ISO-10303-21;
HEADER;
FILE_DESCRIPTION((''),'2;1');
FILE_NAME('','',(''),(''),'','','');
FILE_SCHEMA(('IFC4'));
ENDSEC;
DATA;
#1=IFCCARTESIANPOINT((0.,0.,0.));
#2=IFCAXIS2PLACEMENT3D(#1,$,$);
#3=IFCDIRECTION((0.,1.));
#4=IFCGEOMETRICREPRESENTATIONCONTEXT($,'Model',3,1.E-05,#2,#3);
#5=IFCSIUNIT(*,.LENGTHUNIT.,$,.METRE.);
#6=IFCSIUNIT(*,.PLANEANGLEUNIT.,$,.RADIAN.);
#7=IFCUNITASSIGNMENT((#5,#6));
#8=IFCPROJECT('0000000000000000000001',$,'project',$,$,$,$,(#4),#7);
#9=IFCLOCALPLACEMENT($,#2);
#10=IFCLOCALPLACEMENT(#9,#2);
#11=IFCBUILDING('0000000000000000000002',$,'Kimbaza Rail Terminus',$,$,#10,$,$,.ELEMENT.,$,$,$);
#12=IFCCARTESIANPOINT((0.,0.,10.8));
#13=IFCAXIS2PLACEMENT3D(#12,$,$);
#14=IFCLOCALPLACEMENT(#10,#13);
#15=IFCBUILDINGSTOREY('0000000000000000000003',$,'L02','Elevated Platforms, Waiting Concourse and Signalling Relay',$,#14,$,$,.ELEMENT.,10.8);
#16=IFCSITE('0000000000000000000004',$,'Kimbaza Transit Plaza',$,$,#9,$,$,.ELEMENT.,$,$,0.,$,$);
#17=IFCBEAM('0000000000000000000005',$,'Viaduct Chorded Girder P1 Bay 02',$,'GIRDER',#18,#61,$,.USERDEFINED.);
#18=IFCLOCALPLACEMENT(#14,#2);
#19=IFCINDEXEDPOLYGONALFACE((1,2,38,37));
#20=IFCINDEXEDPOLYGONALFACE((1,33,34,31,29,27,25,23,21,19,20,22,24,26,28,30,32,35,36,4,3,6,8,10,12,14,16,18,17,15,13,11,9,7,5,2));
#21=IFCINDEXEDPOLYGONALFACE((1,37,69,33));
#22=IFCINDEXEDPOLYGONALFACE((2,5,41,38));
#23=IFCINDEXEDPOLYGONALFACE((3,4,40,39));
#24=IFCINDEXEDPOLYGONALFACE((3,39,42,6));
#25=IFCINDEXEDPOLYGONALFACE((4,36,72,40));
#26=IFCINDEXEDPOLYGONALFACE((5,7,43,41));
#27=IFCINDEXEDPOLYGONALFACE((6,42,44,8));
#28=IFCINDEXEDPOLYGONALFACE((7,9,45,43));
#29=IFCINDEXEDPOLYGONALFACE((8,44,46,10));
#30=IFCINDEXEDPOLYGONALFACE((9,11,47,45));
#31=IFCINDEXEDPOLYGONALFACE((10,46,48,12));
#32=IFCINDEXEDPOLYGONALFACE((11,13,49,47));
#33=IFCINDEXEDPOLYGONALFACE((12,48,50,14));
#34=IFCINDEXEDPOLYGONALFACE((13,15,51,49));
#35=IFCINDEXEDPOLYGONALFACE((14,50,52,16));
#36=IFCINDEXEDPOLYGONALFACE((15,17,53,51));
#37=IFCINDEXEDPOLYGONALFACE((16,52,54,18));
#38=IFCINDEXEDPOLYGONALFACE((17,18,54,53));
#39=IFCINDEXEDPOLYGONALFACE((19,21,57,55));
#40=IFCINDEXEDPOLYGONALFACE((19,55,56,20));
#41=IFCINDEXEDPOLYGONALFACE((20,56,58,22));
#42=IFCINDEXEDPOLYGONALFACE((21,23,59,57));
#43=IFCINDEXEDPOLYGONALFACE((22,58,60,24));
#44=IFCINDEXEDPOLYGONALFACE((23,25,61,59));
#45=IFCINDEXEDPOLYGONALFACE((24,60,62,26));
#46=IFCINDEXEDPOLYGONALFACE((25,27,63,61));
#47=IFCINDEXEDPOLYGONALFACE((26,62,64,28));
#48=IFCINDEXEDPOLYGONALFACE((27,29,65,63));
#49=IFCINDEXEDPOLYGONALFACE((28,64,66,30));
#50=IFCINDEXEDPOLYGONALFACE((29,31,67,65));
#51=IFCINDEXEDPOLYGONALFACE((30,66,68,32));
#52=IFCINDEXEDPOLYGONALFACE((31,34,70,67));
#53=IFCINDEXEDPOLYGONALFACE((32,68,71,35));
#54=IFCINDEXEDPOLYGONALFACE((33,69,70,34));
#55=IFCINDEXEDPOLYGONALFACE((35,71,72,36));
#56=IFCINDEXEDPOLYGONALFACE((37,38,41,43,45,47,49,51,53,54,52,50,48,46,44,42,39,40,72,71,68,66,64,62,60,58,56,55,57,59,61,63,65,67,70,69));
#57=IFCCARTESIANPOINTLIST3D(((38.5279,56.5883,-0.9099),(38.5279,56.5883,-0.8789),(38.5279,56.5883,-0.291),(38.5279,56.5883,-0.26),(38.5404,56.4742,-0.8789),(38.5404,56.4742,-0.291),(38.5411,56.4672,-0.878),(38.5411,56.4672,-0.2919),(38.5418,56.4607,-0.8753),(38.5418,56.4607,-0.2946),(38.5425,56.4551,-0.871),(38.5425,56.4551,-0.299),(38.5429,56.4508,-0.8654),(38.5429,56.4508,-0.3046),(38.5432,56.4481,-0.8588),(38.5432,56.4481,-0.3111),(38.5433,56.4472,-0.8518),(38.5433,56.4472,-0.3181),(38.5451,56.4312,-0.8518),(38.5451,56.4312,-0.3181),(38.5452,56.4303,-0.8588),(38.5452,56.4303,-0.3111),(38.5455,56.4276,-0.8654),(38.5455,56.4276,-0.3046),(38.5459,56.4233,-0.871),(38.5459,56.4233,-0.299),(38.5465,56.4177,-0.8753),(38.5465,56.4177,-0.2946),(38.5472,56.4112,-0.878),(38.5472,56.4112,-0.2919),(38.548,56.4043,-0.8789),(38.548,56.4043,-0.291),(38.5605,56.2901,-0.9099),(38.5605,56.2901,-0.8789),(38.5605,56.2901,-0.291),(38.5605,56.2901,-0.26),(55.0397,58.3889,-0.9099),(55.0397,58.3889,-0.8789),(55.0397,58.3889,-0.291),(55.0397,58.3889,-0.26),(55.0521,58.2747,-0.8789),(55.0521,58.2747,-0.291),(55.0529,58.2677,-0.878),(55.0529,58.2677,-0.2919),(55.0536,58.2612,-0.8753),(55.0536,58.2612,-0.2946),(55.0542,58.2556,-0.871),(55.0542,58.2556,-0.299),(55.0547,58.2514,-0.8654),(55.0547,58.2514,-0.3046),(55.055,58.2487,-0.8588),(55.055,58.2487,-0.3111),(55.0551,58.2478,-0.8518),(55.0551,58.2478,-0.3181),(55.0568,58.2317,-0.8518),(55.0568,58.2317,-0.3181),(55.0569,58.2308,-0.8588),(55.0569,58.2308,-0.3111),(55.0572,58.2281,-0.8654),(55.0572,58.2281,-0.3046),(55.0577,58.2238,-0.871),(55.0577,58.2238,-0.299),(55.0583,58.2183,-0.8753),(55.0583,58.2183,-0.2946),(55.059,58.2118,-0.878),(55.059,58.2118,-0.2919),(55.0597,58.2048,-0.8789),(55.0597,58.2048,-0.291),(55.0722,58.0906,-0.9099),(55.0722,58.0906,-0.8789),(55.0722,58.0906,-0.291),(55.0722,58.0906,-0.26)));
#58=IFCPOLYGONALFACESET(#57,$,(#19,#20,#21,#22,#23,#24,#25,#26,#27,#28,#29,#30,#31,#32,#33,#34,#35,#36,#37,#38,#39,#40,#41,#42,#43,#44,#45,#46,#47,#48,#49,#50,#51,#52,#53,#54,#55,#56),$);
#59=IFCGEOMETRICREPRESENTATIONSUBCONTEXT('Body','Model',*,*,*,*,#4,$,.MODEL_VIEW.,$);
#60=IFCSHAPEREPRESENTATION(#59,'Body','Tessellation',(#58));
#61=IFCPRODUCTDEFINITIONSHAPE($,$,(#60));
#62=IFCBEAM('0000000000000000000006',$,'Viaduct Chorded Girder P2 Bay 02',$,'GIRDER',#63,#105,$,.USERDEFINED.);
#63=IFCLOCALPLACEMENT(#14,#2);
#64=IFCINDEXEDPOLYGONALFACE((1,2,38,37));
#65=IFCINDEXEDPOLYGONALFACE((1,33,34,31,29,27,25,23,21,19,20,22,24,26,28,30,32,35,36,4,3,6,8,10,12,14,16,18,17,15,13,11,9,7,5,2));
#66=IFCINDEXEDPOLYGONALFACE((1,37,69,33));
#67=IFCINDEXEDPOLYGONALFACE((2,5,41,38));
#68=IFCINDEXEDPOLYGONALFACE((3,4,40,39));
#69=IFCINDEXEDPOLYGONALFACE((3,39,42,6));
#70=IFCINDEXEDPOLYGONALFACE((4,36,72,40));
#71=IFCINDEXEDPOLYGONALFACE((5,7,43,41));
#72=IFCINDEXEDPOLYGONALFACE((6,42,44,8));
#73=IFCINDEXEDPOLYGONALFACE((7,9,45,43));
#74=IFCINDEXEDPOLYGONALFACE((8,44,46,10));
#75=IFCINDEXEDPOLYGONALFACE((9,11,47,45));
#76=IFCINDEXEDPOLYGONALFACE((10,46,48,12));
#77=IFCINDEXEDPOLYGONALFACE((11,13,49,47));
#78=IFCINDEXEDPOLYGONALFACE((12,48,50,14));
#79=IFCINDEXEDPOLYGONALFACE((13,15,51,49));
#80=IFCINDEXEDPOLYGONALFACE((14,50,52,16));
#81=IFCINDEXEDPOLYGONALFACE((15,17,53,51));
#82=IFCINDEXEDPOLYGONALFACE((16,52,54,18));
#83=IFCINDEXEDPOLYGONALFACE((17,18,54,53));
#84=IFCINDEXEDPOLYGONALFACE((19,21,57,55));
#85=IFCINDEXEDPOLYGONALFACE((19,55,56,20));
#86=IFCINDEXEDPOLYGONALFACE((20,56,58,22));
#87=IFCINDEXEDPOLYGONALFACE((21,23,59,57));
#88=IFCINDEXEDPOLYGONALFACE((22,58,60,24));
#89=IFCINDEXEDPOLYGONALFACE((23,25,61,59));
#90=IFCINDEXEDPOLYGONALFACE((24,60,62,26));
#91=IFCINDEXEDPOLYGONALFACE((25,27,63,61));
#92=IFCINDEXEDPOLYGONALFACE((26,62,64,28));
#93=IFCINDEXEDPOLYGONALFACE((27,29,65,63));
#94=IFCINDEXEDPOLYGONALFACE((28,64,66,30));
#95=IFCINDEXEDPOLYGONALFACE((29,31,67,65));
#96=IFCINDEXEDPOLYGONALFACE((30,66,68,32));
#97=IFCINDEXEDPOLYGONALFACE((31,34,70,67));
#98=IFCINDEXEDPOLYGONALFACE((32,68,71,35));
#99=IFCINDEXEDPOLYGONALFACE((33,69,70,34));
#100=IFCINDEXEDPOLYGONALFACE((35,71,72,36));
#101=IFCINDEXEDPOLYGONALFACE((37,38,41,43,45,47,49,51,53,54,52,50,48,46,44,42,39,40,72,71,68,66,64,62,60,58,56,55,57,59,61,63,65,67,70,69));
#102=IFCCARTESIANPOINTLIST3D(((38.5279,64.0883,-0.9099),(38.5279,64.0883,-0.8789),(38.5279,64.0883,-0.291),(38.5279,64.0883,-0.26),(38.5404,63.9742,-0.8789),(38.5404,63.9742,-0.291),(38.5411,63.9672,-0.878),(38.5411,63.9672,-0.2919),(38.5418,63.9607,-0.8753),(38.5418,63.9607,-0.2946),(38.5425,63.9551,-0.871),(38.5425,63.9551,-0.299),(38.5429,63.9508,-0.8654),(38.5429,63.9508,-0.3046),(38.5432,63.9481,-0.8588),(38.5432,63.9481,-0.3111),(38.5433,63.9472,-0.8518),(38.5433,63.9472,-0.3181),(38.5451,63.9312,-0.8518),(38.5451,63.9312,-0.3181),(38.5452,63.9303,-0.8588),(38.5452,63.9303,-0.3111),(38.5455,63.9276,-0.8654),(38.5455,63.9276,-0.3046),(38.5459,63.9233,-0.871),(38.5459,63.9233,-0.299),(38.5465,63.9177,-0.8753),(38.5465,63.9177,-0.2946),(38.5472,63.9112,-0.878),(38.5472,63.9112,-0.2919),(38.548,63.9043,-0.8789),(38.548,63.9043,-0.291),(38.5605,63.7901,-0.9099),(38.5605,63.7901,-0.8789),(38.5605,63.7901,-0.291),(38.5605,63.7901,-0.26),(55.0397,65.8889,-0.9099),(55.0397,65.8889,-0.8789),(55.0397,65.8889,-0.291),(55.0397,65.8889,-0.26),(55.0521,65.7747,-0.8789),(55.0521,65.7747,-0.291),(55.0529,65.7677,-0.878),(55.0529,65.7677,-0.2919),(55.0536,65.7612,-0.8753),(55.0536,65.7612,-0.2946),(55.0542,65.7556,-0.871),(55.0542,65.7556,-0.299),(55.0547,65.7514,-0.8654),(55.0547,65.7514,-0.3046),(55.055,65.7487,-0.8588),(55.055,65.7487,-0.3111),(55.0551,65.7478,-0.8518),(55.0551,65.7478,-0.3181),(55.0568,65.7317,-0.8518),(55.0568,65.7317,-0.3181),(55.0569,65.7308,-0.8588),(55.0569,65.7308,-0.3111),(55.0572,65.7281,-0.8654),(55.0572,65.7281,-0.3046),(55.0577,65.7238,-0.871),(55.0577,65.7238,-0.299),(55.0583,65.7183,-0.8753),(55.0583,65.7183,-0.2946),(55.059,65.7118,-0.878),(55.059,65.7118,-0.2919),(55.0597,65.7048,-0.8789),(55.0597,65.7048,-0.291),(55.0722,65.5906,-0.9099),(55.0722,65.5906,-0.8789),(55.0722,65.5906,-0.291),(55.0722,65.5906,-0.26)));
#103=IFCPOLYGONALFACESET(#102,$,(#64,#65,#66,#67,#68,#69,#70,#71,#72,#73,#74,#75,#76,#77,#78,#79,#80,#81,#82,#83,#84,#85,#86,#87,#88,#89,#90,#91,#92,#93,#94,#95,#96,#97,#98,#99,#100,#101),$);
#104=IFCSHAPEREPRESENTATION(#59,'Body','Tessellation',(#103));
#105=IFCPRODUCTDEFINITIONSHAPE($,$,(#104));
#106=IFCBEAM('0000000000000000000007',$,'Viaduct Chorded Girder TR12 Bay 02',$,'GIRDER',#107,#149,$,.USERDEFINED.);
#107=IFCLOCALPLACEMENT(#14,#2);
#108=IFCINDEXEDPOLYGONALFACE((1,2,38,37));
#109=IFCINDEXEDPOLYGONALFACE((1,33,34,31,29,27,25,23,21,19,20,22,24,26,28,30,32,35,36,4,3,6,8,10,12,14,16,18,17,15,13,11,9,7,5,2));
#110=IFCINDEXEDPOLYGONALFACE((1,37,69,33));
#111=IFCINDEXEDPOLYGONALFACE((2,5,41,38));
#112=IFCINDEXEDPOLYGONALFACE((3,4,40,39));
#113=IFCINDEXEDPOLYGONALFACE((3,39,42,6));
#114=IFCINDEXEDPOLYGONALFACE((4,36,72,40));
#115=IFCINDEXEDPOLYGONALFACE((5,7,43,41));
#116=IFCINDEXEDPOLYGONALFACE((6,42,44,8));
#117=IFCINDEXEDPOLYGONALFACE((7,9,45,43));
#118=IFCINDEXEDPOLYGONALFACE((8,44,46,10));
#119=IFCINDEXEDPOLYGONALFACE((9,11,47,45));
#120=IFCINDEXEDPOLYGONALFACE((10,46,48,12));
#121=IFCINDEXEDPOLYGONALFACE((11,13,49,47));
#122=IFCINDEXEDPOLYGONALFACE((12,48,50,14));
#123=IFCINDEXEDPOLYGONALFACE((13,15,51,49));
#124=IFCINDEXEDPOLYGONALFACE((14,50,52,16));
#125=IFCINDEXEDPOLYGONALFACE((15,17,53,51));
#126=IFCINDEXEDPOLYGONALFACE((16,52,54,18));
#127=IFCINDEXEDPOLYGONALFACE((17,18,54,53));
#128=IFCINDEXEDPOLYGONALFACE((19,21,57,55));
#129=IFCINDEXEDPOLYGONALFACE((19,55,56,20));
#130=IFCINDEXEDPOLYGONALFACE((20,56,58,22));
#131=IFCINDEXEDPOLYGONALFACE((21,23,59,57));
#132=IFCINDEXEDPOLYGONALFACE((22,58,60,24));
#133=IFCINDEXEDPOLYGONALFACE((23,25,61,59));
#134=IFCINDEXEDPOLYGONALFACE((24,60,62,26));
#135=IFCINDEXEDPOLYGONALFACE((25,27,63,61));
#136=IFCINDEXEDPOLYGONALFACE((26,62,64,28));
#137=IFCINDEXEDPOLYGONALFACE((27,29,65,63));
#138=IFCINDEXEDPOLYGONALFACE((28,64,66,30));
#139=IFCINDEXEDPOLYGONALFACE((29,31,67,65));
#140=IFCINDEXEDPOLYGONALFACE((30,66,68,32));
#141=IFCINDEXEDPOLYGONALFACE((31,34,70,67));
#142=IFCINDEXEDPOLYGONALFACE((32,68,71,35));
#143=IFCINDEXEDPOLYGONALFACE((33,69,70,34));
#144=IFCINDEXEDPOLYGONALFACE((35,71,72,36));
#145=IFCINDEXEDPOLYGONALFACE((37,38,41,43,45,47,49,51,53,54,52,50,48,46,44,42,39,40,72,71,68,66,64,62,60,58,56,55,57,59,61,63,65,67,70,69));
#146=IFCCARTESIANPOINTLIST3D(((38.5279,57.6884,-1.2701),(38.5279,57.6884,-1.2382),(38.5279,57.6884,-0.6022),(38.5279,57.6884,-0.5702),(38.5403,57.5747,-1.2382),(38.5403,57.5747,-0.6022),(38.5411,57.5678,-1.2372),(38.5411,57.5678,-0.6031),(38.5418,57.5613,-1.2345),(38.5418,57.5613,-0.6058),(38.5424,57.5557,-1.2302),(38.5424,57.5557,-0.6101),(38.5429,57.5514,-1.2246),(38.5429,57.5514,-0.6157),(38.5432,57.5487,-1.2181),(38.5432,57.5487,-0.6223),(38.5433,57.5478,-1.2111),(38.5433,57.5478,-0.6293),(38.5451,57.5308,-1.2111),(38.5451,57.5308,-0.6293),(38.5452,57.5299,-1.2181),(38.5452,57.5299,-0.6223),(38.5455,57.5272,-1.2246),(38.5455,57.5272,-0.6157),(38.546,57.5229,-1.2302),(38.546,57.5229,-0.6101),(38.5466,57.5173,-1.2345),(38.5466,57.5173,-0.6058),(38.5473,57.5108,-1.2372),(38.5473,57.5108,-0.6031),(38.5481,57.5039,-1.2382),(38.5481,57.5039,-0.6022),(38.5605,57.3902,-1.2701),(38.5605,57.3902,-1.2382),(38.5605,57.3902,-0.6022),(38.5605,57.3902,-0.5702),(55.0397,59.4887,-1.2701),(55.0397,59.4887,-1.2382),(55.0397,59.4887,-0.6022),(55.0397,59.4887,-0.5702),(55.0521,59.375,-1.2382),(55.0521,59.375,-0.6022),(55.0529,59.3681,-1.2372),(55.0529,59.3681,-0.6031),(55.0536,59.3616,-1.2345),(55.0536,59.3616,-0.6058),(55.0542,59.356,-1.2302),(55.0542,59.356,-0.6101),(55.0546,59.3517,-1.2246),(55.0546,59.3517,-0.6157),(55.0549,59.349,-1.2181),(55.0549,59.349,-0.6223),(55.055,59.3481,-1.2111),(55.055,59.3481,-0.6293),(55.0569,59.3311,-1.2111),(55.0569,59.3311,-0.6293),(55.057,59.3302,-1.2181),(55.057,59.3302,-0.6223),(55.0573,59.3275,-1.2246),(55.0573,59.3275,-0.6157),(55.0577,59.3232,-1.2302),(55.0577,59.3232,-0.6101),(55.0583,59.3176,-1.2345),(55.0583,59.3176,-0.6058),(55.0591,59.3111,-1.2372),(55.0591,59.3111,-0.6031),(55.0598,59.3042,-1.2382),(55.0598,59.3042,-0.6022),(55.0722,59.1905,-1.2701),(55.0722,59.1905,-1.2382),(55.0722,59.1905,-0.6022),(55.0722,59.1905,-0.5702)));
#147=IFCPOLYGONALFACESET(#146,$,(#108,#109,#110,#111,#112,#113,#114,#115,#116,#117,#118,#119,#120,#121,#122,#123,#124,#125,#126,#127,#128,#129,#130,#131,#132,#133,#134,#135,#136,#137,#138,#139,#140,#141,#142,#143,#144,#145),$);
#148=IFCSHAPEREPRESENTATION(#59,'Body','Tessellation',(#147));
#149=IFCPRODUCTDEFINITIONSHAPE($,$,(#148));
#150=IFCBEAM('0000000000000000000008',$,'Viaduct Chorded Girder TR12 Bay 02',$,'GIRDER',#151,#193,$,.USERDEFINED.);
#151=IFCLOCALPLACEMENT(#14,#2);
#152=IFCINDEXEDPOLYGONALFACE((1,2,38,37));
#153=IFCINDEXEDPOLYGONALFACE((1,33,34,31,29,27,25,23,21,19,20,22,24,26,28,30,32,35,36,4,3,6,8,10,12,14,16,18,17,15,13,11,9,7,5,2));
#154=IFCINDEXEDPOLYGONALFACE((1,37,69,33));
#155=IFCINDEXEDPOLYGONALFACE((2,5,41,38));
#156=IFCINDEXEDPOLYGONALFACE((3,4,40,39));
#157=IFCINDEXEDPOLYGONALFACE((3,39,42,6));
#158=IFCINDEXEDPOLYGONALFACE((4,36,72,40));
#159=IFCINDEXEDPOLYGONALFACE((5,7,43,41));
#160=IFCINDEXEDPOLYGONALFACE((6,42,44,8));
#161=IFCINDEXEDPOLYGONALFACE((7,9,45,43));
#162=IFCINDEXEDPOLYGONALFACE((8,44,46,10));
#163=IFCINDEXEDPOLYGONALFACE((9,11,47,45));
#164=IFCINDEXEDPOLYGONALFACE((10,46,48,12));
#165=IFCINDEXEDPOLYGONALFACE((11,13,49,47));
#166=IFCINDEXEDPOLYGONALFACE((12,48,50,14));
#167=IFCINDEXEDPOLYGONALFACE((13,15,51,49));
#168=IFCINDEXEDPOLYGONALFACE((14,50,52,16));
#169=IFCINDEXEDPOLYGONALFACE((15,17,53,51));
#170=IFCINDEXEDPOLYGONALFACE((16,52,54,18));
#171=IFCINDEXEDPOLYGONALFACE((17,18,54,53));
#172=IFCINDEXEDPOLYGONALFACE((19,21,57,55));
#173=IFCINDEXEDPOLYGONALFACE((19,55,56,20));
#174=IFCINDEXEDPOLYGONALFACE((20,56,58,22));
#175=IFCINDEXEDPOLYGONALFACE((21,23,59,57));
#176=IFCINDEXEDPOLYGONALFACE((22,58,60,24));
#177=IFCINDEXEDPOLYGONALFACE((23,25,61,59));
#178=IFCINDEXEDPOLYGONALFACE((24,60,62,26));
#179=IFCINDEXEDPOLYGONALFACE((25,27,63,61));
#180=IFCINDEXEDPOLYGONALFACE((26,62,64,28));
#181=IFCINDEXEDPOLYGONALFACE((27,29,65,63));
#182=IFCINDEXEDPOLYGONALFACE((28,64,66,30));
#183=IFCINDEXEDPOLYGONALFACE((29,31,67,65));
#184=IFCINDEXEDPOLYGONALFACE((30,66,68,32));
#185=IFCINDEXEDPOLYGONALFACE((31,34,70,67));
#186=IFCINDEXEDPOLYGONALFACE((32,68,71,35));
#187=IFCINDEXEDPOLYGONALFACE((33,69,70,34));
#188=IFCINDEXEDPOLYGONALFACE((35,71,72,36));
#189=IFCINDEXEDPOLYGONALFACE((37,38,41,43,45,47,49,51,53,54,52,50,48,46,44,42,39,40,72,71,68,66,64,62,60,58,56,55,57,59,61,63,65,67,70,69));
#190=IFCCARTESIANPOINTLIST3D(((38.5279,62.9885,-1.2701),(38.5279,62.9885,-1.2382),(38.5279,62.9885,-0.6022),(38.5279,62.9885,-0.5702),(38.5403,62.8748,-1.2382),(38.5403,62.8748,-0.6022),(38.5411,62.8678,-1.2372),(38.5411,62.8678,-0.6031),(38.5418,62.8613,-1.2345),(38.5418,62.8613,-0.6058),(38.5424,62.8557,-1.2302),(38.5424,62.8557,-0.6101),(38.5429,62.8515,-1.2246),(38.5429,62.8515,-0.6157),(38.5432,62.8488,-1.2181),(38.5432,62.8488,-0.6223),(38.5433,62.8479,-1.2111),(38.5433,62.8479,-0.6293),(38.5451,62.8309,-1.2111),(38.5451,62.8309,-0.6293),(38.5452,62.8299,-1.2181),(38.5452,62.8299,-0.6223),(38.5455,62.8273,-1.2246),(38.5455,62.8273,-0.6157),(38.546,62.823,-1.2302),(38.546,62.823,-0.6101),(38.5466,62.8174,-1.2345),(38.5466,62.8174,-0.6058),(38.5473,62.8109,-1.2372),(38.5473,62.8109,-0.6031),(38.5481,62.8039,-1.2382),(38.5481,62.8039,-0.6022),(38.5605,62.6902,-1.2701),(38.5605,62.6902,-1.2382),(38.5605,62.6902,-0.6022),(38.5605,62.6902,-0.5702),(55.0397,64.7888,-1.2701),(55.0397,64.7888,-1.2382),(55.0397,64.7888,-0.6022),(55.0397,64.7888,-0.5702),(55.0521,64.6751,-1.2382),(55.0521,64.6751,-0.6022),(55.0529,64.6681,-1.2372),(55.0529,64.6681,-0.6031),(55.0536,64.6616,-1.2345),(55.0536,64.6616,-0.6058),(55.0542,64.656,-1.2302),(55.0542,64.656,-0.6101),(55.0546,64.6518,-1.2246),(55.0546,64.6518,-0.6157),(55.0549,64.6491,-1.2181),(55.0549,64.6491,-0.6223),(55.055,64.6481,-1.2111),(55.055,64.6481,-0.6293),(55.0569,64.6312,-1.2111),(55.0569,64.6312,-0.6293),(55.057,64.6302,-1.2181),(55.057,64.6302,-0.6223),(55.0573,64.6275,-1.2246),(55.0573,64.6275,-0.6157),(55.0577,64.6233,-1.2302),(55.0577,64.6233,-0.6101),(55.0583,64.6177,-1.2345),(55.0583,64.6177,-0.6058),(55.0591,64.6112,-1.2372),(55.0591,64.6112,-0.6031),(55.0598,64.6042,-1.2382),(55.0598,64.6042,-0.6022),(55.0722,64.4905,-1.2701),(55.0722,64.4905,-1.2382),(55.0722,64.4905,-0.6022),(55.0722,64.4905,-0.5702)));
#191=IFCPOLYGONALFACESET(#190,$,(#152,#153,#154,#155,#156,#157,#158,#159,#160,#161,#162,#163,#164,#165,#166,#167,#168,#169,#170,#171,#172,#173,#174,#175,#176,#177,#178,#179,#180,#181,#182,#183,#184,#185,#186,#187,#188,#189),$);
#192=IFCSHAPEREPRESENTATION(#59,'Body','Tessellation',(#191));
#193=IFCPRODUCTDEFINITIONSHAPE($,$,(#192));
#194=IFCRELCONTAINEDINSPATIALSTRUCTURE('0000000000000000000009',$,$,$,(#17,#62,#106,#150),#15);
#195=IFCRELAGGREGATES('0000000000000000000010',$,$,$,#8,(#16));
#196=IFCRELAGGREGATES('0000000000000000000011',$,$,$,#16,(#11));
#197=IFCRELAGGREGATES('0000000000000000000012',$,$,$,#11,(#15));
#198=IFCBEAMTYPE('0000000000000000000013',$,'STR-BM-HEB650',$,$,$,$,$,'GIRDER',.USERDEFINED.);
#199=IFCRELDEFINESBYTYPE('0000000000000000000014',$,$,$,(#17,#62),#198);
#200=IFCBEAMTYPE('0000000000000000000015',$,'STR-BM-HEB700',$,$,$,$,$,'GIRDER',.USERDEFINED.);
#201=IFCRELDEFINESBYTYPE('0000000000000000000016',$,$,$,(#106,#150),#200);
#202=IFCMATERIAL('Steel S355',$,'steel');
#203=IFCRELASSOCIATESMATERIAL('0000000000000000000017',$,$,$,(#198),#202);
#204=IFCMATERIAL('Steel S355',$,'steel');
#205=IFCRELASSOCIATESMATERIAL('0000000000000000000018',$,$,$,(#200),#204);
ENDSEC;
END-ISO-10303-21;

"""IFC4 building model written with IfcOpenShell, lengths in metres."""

from ifc_helpers import new_model, si_unit, direction, frame, origin, origin_2d, place, context, subcontext, project, spatial, i_section, extrude, material, material_profile, profile_set, type_object, element, save


model = new_model("IFC4")

# Units and contexts
model_context = context("Model", 3, precision=1e-05, world=origin(), true_north=direction((0.0, 1.0)))
body_context = subcontext(model_context, "Body", "Model", "MODEL_VIEW")
ifc_project = project(units=[si_unit("LENGTHUNIT", "METRE"), si_unit("PLANEANGLEUNIT", "RADIAN")], contexts=[model_context])

# Site, building, storey
site_placement = place(None, origin())
site = spatial("IfcSite", under=ifc_project, at=site_placement, Name="Kimbaza Transit Plaza", CompositionType="ELEMENT", RefElevation=0.0)
building_placement = place(site_placement, origin())
building = spatial("IfcBuilding", under=site, at=building_placement, Name="Kimbaza Rail Terminus", CompositionType="ELEMENT")
storey_placement = place(building_placement, frame((0.0, 0.0, 10.8)))
storey = spatial("IfcBuildingStorey", under=building, at=storey_placement, Name="L02", Description="Elevated Platforms, Waiting Concourse and Signalling Relay", CompositionType="ELEMENT", Elevation=10.8)

# Beams
ifc_material_1 = material(Name="Steel S355", Category="steel")
ifc_material_profile_1 = material_profile(ifc_material_1, i_section(OverallWidth=0.3, OverallDepth=0.6499, WebThickness=0.0161, FlangeThickness=0.031, FilletRadius=0.0271, at=origin_2d()), Name="HEB 650")
ifc_profile_set_1 = profile_set([ifc_material_profile_1], Name="Steel S355")
beam_type_1 = type_object("IfcBeamType", Name="STR-BM-HEB650", ElementType="GIRDER", PredefinedType="USERDEFINED", material=ifc_profile_set_1)
for number, where, z_axis, x_axis, name in (
    (1, (38.5442, 56.4392, -0.585), (0.994107, 0.108403, 0.0), (-0.108403, 0.994107, 0.0), "Viaduct Chorded Girder P1 Bay 02"),
    (2, (38.5442, 63.9392, -0.585), (0.994107, 0.108403, 0.0), (-0.108403, 0.994107, 0.0), "Viaduct Chorded Girder P2 Bay 02"),
):
    element("IfcBeam", number, at=place(storey_placement, frame(where, z_axis=z_axis, x_axis=x_axis)), inside=storey, type_object=beam_type_1, Name=name, ObjectType="GIRDER", PredefinedType="USERDEFINED", context=body_context, shape_type="SweptSolid", body=[
        extrude(i_section(OverallWidth=0.3, OverallDepth=0.6499, WebThickness=0.0161, FlangeThickness=0.031, FilletRadius=0.0271, at=origin_2d()), origin(), (0.0, 0.0, 1.0), 16.6096),
    ])
ifc_material_2 = material(Name="Steel S355", Category="steel")
ifc_material_profile_2 = material_profile(ifc_material_2, i_section(OverallWidth=0.3, OverallDepth=0.7, WebThickness=0.0171, FlangeThickness=0.032, FilletRadius=0.0271, at=origin_2d()), Name="HEB 700")
ifc_profile_set_2 = profile_set([ifc_material_profile_2], Name="Steel S355")
beam_type_2 = type_object("IfcBeamType", Name="STR-BM-HEB700", ElementType="GIRDER", PredefinedType="USERDEFINED", material=ifc_profile_set_2)
for number, where, z_axis, x_axis, name in (
    (3, (38.5442, 57.5393, -0.9202), (0.994109, 0.108389, 0.0), (-0.108389, 0.994109, 0.0), "Viaduct Chorded Girder TR12 Bay 02"),
    (4, (38.5442, 62.8394, -0.9202), (0.994109, 0.108389, 0.0), (-0.108389, 0.994109, 0.0), "Viaduct Chorded Girder TR12 Bay 02"),
):
    element("IfcBeam", number, at=place(storey_placement, frame(where, z_axis=z_axis, x_axis=x_axis)), inside=storey, type_object=beam_type_2, Name=name, ObjectType="GIRDER", PredefinedType="USERDEFINED", context=body_context, shape_type="SweptSolid", body=[
        extrude(i_section(OverallWidth=0.3, OverallDepth=0.7, WebThickness=0.0171, FlangeThickness=0.032, FilletRadius=0.0271, at=origin_2d()), origin(), (0.0, 0.0, 1.0), 16.6096),
    ])

save(model, "model.ifc")
